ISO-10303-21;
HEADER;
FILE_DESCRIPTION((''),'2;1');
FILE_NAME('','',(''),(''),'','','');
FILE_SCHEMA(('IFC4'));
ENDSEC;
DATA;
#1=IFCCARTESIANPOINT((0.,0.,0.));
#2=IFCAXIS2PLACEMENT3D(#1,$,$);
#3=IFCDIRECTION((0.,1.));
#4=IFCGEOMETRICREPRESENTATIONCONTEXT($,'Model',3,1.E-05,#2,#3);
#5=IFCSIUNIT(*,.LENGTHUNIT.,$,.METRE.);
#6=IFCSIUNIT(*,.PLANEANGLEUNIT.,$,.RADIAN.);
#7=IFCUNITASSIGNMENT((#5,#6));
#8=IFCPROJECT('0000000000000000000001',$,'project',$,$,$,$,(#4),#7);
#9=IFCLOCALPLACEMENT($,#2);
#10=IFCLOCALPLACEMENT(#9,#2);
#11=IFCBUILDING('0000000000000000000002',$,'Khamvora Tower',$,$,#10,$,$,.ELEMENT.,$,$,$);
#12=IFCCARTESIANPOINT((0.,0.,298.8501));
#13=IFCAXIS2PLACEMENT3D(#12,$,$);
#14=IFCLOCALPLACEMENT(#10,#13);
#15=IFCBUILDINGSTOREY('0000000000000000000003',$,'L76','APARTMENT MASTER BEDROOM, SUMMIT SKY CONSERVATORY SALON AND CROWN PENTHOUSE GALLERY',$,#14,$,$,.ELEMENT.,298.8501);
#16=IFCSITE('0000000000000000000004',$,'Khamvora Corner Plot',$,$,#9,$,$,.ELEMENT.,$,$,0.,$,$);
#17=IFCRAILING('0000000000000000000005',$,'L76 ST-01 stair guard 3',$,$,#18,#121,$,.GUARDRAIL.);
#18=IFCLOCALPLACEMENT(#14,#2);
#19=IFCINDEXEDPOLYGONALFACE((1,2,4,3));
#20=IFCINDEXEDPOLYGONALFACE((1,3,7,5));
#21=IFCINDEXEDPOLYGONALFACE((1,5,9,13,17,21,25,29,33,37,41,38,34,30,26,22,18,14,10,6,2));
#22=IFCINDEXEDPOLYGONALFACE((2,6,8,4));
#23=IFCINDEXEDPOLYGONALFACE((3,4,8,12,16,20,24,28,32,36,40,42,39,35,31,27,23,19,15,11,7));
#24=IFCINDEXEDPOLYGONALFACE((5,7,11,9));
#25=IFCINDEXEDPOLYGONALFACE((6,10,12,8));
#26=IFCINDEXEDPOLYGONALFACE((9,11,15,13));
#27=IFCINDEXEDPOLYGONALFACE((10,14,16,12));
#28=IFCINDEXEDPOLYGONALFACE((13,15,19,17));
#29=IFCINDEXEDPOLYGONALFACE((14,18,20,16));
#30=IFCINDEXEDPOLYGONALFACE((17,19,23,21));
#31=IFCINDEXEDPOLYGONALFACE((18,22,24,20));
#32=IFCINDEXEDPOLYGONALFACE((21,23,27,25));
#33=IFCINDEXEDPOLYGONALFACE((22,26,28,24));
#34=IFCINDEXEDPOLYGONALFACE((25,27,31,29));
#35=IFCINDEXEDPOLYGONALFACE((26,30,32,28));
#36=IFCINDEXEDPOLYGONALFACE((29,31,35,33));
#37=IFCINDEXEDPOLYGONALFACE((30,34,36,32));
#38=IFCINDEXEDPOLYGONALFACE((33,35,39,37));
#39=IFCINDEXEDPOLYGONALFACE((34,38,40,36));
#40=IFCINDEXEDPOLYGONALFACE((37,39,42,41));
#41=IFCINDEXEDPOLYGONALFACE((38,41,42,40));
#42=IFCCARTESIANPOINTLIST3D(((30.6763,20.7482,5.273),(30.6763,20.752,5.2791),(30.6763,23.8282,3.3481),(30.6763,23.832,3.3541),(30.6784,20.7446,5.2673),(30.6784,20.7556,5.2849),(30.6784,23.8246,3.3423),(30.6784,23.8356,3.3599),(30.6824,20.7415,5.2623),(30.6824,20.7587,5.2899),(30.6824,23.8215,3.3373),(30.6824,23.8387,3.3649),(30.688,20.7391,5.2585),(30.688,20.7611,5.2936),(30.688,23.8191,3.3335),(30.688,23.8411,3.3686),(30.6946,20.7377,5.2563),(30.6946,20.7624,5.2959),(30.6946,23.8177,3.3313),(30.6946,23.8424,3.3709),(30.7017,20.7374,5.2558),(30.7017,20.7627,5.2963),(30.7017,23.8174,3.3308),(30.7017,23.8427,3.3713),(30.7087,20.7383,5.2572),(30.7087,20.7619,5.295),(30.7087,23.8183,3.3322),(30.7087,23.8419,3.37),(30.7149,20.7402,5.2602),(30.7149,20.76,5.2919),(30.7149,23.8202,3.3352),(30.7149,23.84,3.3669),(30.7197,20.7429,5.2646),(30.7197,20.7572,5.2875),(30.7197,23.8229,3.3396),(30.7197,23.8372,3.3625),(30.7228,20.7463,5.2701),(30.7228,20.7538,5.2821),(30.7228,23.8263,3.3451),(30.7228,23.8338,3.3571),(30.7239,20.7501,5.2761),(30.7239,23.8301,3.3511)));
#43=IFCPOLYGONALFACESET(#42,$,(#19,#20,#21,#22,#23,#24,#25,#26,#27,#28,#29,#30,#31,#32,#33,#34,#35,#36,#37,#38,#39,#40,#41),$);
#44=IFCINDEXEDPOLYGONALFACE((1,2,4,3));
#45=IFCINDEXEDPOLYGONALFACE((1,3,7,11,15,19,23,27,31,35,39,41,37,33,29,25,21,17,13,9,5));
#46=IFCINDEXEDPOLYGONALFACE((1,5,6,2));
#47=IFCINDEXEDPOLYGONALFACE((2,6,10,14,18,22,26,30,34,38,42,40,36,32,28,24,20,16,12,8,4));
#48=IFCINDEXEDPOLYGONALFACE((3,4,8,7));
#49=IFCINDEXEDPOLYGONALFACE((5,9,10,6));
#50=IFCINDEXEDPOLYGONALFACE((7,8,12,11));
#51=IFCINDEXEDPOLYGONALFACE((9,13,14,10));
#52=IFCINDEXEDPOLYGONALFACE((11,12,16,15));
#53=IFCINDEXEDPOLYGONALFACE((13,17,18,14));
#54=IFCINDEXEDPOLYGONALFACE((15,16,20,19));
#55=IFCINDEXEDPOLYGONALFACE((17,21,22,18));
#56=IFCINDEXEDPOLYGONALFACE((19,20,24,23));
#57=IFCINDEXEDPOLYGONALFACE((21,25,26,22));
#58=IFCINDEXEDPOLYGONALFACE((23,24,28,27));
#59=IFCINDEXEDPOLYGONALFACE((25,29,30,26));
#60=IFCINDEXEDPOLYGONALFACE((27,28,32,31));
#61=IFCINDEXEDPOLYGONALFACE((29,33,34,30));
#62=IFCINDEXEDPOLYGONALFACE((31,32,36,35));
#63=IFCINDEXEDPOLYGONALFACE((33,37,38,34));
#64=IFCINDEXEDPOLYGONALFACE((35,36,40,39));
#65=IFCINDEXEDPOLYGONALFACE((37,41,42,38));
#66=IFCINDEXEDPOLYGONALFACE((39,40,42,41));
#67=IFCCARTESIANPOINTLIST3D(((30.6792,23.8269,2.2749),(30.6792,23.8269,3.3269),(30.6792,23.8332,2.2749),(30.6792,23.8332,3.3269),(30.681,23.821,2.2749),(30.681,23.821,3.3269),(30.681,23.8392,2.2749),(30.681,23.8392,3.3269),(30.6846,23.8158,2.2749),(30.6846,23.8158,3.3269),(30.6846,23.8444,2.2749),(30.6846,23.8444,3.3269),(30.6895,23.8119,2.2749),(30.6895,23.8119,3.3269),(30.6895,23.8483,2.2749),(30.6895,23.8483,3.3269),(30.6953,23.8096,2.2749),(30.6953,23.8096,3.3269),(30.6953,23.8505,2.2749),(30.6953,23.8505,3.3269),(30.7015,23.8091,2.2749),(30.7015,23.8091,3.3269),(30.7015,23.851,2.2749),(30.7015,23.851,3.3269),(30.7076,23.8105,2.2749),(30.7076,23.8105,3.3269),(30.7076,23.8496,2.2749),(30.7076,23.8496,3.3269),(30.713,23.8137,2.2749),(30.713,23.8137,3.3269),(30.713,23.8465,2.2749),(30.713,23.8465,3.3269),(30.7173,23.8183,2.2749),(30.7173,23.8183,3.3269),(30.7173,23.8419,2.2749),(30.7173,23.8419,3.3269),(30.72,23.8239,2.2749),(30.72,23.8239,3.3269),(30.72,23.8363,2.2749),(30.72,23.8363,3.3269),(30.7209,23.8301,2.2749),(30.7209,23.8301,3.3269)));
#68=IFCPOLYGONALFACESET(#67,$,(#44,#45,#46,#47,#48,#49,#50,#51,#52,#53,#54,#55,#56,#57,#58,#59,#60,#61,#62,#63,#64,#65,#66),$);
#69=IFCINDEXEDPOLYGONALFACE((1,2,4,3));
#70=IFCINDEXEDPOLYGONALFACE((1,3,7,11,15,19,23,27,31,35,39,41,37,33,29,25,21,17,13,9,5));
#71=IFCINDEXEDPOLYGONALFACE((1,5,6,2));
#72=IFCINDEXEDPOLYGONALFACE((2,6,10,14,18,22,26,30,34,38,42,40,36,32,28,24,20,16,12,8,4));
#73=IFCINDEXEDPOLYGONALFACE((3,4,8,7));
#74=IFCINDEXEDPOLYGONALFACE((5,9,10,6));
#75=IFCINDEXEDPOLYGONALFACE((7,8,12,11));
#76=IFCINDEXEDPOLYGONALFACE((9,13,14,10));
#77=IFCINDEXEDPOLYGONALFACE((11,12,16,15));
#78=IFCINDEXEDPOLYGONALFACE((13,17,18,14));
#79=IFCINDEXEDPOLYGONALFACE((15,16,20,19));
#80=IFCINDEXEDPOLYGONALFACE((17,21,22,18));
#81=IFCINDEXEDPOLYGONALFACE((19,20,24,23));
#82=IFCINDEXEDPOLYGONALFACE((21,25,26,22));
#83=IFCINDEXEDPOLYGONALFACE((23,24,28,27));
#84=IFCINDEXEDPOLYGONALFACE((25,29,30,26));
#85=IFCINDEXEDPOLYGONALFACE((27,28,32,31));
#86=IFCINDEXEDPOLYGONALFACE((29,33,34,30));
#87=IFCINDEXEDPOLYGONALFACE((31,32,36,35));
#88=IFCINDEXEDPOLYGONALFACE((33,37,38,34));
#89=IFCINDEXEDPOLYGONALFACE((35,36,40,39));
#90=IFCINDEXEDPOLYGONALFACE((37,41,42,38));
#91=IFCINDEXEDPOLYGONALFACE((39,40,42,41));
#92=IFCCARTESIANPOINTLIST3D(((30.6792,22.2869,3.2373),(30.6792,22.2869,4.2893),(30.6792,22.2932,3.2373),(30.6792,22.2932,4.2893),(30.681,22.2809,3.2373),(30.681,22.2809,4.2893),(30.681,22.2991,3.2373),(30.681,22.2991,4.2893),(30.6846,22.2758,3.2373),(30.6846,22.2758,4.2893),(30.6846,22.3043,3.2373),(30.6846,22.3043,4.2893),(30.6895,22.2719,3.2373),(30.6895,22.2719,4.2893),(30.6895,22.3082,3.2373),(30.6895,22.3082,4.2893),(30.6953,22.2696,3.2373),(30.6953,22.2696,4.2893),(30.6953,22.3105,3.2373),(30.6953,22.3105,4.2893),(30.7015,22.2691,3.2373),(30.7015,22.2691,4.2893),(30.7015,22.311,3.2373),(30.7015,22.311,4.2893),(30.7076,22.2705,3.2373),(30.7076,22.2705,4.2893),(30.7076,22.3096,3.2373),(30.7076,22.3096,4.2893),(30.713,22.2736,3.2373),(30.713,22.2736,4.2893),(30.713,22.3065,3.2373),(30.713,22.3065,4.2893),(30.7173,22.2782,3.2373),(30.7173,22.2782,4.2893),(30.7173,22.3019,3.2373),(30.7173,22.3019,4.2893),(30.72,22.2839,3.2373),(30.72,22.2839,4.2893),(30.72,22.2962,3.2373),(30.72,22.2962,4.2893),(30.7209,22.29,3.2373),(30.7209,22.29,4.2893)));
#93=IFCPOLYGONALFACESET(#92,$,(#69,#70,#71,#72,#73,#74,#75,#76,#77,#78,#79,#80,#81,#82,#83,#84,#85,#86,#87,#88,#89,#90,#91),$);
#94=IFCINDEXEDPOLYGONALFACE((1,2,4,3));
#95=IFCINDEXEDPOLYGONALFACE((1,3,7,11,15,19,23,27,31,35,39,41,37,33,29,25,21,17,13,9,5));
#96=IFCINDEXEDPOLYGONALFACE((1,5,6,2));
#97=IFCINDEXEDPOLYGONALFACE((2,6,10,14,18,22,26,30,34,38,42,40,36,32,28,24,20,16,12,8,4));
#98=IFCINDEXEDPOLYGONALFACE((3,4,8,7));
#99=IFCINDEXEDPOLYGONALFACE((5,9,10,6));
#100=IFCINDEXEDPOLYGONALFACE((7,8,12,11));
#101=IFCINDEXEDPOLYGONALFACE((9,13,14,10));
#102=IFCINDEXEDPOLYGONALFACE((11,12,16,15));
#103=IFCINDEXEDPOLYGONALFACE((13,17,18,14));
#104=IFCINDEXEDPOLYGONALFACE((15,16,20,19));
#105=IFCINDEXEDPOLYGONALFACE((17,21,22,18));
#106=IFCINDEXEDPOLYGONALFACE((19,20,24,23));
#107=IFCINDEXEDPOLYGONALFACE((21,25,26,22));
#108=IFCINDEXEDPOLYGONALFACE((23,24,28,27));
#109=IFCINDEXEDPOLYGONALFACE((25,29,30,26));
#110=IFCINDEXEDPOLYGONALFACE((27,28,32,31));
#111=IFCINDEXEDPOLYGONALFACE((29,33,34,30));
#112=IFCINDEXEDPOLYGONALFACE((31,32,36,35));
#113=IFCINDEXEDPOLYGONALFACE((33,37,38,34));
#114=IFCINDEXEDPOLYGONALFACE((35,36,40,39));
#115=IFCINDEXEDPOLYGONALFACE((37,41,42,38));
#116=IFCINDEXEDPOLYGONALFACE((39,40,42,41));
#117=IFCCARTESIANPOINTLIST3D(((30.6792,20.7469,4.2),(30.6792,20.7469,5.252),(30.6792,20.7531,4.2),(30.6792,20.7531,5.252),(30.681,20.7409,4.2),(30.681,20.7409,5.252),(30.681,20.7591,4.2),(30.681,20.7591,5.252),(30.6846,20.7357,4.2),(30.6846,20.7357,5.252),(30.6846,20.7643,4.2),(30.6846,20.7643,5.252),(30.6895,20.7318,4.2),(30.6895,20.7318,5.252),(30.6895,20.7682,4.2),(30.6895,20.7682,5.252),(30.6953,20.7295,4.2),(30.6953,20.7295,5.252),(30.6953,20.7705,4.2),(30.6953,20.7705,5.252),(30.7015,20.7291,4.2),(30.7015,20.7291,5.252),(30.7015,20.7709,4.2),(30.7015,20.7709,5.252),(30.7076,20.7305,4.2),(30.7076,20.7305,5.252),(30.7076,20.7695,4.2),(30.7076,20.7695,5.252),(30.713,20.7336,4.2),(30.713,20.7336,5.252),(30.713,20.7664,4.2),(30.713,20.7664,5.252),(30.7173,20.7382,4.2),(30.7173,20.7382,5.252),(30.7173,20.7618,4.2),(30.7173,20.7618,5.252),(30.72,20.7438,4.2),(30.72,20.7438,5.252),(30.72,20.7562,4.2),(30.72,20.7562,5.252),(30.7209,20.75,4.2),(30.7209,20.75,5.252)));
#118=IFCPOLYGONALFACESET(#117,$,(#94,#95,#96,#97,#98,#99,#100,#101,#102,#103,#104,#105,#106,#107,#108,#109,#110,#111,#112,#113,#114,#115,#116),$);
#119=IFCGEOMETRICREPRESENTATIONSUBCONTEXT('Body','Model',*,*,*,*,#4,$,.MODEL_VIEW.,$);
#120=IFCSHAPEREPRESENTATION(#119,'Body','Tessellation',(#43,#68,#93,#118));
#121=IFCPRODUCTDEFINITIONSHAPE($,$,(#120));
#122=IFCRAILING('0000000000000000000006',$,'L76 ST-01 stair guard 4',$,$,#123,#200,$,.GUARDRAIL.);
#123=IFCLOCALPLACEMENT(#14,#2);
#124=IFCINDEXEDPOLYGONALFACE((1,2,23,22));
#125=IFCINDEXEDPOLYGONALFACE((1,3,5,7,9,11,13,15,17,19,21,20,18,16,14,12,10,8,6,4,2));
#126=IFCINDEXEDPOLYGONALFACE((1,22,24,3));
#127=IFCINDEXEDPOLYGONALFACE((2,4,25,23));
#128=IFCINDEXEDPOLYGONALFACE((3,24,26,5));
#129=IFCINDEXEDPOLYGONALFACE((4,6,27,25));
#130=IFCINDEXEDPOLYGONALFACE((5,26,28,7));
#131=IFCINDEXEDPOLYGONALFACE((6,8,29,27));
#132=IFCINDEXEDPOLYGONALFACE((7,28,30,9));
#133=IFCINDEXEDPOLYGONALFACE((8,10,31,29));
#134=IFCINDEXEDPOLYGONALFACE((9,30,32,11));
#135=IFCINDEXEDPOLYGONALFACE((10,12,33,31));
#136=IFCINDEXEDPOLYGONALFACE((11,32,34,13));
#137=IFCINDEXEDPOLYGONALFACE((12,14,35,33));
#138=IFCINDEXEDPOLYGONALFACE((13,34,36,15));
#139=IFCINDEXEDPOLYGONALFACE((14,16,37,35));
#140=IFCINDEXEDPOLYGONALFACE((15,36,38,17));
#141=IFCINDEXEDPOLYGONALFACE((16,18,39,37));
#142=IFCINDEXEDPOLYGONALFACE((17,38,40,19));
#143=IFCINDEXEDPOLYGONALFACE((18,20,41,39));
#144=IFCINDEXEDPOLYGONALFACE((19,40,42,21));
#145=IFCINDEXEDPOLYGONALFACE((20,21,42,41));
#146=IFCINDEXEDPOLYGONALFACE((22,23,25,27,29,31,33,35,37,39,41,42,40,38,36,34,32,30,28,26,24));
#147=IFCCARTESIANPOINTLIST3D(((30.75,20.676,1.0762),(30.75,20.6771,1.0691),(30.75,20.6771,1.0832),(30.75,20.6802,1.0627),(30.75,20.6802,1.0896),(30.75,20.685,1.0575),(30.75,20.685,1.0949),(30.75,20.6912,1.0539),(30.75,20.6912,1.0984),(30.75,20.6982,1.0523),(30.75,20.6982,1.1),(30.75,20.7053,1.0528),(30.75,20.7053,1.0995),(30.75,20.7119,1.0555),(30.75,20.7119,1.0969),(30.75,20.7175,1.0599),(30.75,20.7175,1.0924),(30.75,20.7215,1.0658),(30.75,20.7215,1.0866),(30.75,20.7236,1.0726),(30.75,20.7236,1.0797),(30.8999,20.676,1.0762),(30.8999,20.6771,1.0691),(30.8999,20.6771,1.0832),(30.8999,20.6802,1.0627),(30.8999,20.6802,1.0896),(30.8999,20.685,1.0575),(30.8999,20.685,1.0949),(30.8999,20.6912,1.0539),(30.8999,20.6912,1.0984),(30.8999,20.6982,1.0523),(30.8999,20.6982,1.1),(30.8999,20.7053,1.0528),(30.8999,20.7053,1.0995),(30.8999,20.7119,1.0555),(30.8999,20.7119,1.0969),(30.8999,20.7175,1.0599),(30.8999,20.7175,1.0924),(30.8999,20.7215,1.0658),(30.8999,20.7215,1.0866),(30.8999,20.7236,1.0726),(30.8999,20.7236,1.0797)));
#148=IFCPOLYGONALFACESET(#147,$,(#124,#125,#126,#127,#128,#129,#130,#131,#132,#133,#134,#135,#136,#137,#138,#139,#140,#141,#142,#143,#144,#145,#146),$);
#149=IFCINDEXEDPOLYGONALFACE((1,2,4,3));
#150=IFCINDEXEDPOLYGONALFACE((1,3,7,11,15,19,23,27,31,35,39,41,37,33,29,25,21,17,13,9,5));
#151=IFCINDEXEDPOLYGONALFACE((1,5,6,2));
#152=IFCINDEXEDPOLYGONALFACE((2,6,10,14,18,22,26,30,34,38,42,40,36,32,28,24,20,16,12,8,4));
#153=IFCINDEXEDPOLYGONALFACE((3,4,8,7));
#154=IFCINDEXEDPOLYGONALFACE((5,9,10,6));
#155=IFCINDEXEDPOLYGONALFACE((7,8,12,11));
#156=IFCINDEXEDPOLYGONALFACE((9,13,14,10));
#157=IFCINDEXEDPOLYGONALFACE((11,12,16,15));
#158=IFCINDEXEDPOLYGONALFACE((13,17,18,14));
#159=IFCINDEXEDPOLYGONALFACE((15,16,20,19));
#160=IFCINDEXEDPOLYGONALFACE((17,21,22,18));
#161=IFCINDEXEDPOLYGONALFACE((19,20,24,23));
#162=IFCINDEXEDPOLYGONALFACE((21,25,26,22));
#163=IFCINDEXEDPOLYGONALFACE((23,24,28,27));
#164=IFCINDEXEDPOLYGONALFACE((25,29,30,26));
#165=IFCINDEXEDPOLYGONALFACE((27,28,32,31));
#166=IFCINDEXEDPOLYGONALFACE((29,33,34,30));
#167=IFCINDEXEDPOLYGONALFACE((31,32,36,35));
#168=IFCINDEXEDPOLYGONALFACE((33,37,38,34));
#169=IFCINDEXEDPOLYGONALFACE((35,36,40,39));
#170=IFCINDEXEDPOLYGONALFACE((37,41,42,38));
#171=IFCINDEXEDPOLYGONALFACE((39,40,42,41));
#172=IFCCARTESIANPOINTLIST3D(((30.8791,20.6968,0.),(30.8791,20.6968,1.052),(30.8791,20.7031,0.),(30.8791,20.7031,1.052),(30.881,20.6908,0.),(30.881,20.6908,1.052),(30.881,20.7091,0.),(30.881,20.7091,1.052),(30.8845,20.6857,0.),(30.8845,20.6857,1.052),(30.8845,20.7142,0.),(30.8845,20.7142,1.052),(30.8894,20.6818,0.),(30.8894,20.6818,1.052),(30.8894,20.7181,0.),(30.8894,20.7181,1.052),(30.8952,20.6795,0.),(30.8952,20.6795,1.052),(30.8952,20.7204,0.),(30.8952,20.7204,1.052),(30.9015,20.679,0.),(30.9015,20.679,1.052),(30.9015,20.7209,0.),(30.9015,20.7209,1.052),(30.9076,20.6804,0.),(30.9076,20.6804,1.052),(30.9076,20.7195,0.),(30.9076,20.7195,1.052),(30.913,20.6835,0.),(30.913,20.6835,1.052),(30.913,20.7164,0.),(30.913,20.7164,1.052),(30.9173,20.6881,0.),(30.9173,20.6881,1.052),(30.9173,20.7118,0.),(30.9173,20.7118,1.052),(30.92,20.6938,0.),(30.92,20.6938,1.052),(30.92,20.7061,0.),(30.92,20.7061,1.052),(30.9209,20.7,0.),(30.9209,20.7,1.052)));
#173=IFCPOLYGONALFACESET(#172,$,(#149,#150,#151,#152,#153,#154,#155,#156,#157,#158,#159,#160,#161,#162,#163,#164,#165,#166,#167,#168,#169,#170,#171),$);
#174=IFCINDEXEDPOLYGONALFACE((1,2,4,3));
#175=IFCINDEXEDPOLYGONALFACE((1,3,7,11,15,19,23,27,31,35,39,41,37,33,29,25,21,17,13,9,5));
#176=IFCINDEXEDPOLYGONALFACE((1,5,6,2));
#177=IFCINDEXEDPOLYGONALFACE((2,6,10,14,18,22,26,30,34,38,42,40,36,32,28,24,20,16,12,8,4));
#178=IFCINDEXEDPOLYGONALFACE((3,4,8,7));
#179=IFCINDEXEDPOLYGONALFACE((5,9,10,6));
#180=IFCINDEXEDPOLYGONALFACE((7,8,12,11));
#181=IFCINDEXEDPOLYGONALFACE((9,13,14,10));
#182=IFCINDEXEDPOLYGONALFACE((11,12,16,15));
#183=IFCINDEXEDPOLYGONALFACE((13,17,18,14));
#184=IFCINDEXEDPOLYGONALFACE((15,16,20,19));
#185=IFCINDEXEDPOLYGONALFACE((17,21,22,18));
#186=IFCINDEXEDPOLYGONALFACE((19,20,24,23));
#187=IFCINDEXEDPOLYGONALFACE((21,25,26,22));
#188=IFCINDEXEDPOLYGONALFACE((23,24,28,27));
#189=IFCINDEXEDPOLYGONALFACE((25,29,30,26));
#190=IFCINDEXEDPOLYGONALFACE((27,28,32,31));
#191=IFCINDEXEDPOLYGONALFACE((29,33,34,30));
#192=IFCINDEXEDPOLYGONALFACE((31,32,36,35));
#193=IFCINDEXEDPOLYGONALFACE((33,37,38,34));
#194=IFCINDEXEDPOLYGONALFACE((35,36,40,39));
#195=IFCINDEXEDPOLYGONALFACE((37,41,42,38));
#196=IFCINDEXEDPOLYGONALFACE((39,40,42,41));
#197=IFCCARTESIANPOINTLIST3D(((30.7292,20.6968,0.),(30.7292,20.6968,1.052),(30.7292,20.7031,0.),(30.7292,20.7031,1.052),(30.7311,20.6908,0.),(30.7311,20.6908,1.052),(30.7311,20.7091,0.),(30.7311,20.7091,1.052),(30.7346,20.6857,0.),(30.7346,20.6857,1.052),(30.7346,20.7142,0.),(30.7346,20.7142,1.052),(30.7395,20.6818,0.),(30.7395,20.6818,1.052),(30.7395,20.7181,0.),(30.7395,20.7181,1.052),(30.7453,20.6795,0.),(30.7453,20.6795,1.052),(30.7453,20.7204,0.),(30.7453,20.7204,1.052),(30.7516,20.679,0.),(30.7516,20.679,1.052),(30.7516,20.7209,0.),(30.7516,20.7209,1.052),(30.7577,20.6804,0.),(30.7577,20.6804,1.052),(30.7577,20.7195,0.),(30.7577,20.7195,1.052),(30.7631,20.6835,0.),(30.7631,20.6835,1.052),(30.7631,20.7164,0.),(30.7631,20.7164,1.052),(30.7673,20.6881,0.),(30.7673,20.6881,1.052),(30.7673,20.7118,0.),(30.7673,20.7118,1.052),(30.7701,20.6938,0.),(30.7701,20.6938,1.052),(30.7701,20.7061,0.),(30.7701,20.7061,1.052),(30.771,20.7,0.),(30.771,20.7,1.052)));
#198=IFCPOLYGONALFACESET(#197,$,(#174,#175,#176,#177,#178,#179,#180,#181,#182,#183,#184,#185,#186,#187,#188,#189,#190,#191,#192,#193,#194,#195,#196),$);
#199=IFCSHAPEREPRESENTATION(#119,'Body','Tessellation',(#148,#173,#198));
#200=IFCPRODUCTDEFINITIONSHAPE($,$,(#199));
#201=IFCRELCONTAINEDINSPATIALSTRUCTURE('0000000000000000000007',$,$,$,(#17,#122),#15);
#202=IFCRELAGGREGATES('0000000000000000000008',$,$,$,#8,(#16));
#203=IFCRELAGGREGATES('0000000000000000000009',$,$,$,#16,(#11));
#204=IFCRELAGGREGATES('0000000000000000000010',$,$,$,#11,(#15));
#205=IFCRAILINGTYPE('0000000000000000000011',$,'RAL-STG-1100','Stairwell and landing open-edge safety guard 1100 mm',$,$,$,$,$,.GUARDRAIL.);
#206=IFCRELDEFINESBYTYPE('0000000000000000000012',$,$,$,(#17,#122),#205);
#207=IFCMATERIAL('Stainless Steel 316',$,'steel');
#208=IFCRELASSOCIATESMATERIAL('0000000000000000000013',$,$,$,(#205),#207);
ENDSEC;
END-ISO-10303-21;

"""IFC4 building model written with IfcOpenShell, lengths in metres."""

from ifc_helpers import new_model, si_unit, direction, frame, origin, origin_2d, place, context, subcontext, project, spatial, circle, extrude, material, type_object, element, save


model = new_model("IFC4")

# Units and contexts
model_context = context("Model", 3, precision=1e-05, world=origin(), true_north=direction((0.0, 1.0)))
body_context = subcontext(model_context, "Body", "Model", "MODEL_VIEW")
ifc_project = project(units=[si_unit("LENGTHUNIT", "METRE"), si_unit("PLANEANGLEUNIT", "RADIAN")], contexts=[model_context])

# Site, building, storey
site_placement = place(None, origin())
site = spatial("IfcSite", under=ifc_project, at=site_placement, Name="Khamvora Corner Plot", CompositionType="ELEMENT", RefElevation=0.0)
building_placement = place(site_placement, origin())
building = spatial("IfcBuilding", under=site, at=building_placement, Name="Khamvora Tower", CompositionType="ELEMENT")
storey_placement = place(building_placement, frame((0.0, 0.0, 298.8501)))
storey = spatial("IfcBuildingStorey", under=building, at=storey_placement, Name="L76", Description="APARTMENT MASTER BEDROOM, SUMMIT SKY CONSERVATORY SALON AND CROWN PENTHOUSE GALLERY", CompositionType="ELEMENT", Elevation=298.8501)

# Railings
ifc_material_1 = material(Name="Stainless Steel 316", Category="steel")
railing_type_1 = type_object("IfcRailingType", Name="RAL-STG-1100", Description="Stairwell and landing open-edge safety guard 1100 mm", PredefinedType="GUARDRAIL", material=ifc_material_1)
railing_1_placement = place(storey_placement, frame((30.7, 23.8301, 2.2749)))
element("IfcRailing", 1, at=railing_1_placement, inside=storey, type_object=railing_type_1, Name="L76 ST-01 stair guard 3", PredefinedType="GUARDRAIL", context=body_context, shape_type="SweptSolid", body=[
    extrude(circle(Radius=0.0239, at=origin_2d()), frame((0.0, 0.0, 1.0762), z_axis=(0.0, -0.847998, 0.529999), x_axis=(1.0, 0.0, 0.0)), (0.0, 0.0, 1.0), 3.6321),
    extrude(circle(Radius=0.021, at=origin_2d()), origin(), (0.0, 0.0, 1.0), 1.052),
    extrude(circle(Radius=0.021, at=origin_2d()), frame((0.0, -1.54, 0.9624)), (0.0, 0.0, 1.0), 1.052),
    extrude(circle(Radius=0.021, at=origin_2d()), frame((0.0, -3.0801, 1.925)), (0.0, 0.0, 1.0), 1.052),
])
railing_2_placement = place(storey_placement, frame((30.8999, 20.7, 0.0)))
element("IfcRailing", 2, at=railing_2_placement, inside=storey, type_object=railing_type_1, Name="L76 ST-01 stair guard 4", PredefinedType="GUARDRAIL", context=body_context, shape_type="SweptSolid", body=[
    extrude(circle(Radius=0.0239, at=origin_2d()), frame((0.0, 0.0, 1.0762), z_axis=(-1.0, 0.0, 0.0), x_axis=(0.0, -1.0, 0.0)), (0.0, 0.0, 1.0), 0.1499),
    extrude(circle(Radius=0.021, at=origin_2d()), origin(), (0.0, 0.0, 1.0), 1.052),
    extrude(circle(Radius=0.021, at=origin_2d()), frame((-0.1499, 0.0, 0.0)), (0.0, 0.0, 1.0), 1.052),
])

save(model, "model.ifc")
